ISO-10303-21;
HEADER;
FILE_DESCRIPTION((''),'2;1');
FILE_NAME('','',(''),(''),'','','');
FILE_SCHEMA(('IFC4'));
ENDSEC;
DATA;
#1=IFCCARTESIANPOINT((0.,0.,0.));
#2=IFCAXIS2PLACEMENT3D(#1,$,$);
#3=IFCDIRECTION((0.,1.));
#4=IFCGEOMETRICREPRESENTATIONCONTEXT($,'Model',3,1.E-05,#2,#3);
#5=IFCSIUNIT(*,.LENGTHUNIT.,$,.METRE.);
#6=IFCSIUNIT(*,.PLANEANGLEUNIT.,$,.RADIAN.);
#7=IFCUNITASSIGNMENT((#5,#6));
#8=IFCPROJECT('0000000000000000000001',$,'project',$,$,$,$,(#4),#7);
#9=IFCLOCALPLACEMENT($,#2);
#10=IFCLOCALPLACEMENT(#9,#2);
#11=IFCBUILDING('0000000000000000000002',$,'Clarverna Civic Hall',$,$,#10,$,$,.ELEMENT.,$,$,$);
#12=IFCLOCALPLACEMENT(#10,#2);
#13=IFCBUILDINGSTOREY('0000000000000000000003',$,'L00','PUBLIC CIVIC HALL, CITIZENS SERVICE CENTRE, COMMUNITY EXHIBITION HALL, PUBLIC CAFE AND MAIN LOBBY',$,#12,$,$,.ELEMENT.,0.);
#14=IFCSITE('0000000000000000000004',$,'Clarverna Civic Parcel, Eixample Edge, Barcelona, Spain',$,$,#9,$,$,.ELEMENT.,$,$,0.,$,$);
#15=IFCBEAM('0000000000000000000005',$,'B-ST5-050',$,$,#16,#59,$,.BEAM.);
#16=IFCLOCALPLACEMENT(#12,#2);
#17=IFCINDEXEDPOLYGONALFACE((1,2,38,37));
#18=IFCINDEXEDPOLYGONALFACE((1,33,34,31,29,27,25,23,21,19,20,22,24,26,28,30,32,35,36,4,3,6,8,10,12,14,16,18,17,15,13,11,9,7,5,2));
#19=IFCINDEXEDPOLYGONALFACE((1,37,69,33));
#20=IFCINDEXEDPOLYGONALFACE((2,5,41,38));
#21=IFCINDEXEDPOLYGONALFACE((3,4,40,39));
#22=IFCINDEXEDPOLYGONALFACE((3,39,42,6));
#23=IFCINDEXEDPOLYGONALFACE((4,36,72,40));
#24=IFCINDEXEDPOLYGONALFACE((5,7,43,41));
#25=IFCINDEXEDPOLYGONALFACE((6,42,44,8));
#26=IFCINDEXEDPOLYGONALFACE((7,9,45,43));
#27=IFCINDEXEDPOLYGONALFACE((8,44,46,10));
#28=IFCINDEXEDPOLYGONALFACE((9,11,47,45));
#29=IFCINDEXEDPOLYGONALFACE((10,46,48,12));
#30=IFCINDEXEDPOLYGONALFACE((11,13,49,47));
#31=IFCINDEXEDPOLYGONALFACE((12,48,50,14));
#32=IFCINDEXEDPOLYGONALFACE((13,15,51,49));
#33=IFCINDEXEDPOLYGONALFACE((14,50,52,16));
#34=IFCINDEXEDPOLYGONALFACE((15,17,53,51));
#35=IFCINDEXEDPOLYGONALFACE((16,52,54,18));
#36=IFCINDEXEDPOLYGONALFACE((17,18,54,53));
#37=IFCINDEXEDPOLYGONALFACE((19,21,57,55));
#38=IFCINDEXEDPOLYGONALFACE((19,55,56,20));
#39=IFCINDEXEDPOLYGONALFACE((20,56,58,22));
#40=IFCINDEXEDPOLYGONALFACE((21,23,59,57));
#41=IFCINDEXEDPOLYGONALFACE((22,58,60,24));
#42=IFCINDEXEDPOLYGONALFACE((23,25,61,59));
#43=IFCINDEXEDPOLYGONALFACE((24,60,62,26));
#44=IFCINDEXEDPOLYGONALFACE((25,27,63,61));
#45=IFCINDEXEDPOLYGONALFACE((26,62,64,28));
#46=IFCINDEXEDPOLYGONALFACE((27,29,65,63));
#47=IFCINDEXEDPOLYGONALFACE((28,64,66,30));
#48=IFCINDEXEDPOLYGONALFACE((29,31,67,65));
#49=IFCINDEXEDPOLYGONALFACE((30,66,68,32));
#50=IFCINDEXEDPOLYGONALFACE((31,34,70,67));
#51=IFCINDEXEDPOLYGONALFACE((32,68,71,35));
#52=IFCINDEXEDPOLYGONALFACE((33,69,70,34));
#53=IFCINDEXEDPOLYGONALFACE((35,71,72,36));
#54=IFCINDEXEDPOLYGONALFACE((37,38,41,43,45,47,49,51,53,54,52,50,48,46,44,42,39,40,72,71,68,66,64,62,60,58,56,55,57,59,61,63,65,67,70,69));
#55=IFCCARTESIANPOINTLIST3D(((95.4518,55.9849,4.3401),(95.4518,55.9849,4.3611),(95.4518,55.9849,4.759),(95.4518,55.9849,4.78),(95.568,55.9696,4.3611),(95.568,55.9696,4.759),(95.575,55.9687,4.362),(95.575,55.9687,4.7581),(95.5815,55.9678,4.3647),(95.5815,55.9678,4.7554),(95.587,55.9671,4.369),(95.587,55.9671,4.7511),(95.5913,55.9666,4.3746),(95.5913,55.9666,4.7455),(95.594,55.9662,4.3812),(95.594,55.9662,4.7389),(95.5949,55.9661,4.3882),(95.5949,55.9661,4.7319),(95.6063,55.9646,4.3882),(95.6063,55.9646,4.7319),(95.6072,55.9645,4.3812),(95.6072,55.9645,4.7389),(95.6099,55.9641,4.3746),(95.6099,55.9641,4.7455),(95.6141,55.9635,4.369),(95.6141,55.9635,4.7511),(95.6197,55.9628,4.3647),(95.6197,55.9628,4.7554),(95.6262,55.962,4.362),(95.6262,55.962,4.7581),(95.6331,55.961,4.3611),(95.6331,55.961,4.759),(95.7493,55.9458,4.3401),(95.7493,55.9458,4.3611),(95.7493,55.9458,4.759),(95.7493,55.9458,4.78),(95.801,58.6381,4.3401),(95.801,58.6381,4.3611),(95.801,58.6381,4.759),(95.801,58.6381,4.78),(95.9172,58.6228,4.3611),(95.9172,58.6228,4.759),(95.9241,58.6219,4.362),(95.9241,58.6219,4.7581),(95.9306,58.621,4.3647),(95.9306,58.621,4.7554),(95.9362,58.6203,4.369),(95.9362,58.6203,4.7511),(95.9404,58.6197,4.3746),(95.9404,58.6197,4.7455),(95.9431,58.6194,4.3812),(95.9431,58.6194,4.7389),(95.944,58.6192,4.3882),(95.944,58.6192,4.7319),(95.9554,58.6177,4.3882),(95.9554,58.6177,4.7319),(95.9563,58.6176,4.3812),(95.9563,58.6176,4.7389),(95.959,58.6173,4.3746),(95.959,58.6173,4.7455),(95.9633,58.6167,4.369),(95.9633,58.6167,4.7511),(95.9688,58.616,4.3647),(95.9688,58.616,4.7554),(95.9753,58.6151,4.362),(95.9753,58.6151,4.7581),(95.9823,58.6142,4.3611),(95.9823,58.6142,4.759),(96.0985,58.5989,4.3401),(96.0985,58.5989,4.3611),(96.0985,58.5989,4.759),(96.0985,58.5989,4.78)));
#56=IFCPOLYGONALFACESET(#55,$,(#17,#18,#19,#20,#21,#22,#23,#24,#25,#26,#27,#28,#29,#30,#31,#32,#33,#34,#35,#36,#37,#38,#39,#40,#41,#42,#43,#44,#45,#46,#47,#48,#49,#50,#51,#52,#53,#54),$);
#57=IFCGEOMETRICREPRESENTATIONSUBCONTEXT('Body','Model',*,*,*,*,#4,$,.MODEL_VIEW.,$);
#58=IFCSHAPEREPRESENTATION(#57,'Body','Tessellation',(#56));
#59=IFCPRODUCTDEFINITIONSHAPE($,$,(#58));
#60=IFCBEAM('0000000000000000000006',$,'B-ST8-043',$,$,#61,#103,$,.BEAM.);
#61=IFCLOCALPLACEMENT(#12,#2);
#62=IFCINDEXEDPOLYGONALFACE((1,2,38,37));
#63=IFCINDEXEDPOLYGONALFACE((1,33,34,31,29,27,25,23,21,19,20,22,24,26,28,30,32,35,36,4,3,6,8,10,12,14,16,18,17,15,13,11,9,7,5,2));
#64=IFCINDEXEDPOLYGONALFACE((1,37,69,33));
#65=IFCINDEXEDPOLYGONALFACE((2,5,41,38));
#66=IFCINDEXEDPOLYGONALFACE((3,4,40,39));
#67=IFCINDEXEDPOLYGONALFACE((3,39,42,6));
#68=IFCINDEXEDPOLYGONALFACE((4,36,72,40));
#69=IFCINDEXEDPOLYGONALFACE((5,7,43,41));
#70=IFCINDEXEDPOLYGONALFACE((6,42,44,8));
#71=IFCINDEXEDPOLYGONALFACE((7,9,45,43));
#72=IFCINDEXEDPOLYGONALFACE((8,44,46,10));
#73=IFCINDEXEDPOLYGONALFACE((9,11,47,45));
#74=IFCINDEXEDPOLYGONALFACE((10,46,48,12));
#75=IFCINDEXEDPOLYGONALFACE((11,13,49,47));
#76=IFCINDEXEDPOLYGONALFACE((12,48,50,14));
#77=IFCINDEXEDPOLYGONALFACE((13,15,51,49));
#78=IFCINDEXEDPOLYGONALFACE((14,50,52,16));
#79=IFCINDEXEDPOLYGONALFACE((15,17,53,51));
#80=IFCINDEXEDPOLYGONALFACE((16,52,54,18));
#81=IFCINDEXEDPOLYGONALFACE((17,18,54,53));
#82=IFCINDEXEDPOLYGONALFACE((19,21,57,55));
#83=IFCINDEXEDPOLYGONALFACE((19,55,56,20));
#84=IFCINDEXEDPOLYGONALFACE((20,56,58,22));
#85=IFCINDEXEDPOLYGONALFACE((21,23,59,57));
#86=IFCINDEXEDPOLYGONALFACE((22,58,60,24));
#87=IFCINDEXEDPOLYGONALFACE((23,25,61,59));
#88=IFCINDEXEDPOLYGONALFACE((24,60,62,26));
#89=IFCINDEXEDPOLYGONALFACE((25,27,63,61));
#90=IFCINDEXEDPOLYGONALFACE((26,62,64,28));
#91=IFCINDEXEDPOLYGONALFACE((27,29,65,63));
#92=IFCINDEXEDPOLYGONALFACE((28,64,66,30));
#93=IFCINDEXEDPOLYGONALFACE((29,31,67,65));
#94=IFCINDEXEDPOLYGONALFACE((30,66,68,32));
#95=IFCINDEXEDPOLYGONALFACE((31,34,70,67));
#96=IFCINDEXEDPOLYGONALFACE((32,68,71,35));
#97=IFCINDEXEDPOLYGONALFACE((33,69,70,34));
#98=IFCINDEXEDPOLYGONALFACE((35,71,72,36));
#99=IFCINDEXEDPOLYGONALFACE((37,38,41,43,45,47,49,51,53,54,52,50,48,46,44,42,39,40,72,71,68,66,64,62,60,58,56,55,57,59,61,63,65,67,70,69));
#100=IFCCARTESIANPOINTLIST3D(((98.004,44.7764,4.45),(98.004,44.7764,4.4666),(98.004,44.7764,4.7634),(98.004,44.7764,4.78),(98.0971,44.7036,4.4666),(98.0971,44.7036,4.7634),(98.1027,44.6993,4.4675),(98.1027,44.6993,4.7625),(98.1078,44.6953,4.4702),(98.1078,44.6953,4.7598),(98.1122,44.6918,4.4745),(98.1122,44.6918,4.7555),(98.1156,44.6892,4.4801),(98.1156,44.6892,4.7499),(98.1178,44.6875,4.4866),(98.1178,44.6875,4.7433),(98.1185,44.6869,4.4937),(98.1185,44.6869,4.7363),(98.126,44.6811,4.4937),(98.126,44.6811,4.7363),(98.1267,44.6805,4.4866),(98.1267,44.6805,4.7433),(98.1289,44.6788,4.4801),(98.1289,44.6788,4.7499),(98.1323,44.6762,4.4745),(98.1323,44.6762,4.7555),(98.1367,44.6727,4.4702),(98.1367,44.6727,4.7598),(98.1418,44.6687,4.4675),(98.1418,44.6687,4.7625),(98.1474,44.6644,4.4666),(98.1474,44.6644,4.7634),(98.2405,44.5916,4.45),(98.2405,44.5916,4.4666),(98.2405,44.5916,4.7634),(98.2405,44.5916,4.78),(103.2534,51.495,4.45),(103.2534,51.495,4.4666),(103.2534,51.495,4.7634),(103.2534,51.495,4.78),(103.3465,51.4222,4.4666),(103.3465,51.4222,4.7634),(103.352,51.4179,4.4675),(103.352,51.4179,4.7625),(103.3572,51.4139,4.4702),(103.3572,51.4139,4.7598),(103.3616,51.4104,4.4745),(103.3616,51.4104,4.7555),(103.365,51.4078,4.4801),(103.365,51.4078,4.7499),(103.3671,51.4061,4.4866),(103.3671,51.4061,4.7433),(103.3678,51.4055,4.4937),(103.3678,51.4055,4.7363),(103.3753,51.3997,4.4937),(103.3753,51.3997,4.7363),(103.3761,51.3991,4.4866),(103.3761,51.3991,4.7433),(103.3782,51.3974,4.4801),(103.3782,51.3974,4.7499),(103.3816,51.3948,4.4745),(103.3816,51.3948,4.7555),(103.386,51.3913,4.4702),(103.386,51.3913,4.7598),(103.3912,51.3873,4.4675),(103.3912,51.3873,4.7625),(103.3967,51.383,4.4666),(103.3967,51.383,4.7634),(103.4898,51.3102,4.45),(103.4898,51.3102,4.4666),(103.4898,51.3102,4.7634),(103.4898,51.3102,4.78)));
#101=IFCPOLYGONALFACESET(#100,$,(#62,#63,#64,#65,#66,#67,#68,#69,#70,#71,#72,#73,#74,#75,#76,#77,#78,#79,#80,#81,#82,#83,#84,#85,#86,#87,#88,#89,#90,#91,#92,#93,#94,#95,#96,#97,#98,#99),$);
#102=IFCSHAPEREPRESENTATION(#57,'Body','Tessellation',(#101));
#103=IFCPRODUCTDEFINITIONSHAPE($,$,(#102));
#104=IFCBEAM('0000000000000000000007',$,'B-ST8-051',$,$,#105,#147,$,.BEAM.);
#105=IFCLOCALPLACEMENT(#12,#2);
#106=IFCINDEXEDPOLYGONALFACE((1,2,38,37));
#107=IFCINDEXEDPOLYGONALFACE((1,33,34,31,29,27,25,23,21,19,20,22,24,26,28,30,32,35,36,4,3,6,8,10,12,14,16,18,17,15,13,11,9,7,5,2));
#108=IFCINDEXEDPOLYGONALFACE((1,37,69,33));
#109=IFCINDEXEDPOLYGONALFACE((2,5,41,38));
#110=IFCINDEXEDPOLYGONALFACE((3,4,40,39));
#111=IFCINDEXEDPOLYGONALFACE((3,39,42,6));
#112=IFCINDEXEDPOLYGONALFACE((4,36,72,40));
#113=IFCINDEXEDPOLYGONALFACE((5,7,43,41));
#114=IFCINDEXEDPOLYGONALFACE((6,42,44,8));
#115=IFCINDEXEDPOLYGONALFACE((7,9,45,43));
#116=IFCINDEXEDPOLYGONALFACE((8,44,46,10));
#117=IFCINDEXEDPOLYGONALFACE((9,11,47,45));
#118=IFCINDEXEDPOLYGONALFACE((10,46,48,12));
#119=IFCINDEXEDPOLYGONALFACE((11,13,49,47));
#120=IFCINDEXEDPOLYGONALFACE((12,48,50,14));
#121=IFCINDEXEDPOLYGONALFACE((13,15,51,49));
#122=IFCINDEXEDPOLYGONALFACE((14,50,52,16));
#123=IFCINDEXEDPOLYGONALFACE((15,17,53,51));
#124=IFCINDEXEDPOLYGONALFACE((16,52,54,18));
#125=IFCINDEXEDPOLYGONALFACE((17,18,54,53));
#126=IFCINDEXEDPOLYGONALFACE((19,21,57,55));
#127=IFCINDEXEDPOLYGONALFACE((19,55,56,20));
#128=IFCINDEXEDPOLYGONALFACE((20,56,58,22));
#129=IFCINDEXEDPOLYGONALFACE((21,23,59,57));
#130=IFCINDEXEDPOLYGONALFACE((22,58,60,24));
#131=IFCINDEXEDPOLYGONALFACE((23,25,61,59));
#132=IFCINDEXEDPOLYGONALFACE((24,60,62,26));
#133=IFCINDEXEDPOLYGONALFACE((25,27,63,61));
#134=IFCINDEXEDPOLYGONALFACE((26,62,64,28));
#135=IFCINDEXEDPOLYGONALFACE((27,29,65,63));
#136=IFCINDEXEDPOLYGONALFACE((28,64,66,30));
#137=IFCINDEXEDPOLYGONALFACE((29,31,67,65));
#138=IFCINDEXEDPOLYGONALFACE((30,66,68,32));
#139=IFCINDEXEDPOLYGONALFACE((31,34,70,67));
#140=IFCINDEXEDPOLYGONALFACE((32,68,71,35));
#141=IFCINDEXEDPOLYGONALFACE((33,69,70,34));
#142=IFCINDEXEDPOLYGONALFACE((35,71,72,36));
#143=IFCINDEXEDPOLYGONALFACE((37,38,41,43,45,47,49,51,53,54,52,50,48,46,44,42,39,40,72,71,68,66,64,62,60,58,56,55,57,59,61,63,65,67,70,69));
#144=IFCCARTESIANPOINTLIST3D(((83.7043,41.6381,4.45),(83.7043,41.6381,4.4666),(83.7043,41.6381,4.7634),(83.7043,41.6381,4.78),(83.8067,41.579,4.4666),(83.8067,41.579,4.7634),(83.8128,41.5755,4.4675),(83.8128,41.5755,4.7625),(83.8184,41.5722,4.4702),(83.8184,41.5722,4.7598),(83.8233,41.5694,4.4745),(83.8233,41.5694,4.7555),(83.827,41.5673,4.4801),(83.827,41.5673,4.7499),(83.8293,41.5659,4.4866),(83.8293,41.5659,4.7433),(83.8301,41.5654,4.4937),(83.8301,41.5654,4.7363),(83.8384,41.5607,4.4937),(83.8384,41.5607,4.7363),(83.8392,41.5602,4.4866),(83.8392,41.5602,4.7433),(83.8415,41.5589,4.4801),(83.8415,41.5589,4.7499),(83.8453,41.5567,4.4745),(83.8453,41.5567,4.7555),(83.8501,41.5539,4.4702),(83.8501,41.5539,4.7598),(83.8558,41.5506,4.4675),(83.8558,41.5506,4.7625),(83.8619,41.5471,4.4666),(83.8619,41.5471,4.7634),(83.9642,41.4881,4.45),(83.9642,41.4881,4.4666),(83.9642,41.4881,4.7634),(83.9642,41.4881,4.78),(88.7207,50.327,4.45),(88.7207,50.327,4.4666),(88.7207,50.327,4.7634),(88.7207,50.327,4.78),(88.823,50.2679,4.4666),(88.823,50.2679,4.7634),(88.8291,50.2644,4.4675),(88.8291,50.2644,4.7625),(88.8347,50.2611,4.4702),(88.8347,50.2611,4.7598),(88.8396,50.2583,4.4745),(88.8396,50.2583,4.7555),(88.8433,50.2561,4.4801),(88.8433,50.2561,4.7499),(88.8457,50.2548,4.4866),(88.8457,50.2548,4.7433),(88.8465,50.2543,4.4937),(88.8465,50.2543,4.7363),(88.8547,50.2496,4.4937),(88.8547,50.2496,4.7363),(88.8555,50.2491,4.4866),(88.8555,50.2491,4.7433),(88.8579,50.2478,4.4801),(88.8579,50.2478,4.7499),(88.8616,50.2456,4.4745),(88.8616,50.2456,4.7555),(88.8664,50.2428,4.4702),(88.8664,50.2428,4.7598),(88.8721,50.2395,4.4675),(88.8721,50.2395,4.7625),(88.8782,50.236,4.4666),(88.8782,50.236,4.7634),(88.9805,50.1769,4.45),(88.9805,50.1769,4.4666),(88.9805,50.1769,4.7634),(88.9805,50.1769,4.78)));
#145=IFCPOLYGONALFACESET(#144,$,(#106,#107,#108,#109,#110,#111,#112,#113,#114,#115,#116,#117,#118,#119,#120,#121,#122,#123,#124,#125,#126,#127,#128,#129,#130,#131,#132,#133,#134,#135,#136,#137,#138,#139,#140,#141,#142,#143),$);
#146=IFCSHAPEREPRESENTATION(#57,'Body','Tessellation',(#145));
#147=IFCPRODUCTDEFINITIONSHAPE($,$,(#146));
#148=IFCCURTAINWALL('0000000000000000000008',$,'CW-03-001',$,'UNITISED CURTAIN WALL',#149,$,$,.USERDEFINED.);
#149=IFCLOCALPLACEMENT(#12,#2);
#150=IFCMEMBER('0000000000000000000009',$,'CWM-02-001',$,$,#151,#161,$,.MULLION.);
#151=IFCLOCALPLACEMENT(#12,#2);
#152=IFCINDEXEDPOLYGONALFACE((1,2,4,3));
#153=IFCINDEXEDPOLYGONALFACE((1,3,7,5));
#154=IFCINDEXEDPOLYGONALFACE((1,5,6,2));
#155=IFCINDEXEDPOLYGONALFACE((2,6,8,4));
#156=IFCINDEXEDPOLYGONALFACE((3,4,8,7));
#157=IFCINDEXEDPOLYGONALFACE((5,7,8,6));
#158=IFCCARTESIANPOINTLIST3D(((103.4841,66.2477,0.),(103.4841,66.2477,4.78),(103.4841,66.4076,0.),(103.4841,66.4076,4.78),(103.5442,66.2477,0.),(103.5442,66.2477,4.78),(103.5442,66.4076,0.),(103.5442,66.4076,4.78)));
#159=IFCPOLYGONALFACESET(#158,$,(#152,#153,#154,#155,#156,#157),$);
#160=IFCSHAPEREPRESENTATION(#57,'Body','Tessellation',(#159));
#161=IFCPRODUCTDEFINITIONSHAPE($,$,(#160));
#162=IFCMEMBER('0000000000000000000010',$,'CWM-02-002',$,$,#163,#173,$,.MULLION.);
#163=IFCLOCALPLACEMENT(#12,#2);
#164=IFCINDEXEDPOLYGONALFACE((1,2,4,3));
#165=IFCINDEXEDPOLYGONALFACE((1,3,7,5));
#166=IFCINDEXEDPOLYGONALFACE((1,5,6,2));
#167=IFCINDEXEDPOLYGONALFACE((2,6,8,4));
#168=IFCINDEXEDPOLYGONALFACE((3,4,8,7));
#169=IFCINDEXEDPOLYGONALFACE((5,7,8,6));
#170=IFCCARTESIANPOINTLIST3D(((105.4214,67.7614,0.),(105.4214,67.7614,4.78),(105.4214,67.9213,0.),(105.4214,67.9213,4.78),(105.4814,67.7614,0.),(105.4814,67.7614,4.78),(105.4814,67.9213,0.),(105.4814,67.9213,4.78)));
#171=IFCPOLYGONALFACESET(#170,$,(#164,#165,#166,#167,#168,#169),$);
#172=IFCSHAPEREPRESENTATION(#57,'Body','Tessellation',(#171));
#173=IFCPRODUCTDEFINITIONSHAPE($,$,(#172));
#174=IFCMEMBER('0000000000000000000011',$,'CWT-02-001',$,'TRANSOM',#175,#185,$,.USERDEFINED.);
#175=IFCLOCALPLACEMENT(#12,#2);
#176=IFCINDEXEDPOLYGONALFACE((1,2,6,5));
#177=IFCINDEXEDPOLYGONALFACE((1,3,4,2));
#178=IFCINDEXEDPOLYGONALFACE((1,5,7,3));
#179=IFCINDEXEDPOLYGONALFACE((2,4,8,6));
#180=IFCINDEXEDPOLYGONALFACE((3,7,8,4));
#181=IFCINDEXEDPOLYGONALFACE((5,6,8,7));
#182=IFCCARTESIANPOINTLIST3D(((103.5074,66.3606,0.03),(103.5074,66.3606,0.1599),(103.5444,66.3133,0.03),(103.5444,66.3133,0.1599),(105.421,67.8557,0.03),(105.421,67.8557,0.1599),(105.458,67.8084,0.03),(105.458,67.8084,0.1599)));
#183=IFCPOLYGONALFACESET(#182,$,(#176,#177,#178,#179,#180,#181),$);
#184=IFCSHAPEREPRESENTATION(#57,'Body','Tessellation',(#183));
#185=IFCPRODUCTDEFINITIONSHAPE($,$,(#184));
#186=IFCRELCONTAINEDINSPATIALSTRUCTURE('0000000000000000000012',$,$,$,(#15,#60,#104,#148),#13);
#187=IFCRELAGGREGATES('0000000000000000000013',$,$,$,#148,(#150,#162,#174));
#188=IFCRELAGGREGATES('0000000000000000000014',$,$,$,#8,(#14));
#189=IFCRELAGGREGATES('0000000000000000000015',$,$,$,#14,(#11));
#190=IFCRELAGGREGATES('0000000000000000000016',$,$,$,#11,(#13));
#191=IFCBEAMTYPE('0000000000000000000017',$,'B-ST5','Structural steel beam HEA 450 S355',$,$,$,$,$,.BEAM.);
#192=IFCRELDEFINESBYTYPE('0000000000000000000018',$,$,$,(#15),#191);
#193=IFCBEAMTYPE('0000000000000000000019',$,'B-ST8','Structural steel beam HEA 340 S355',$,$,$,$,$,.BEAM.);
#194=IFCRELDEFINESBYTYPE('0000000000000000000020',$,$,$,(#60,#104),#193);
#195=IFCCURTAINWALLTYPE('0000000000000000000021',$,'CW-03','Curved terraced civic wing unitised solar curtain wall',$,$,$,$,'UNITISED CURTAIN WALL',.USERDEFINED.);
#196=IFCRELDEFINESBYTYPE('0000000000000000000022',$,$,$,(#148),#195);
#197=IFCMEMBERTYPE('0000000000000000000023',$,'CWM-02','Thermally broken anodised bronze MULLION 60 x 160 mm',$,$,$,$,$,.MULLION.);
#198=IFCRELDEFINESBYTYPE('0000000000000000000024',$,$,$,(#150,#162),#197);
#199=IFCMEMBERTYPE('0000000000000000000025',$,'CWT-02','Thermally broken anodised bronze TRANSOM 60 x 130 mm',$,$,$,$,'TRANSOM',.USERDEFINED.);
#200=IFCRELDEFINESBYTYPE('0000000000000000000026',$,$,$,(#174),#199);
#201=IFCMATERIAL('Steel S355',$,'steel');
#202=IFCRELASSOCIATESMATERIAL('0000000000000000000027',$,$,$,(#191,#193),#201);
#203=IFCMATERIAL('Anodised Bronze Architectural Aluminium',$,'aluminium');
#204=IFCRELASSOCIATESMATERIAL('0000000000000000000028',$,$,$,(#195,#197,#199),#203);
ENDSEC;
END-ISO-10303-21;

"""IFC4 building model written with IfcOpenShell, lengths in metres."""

from ifc_helpers import new_model, si_unit, direction, frame, origin, origin_2d, place, context, subcontext, project, spatial, rectangle, i_section, extrude, material, material_profile, profile_set, type_object, element, aggregate, save


model = new_model("IFC4")

# Units and contexts
model_context = context("Model", 3, precision=1e-05, world=origin(), true_north=direction((0.0, 1.0)))
body_context = subcontext(model_context, "Body", "Model", "MODEL_VIEW")
ifc_project = project(units=[si_unit("LENGTHUNIT", "METRE"), si_unit("PLANEANGLEUNIT", "RADIAN")], contexts=[model_context])

# Site, building, storey
site_placement = place(None, origin())
site = spatial("IfcSite", under=ifc_project, at=site_placement, Name="Clarverna Civic Parcel, Eixample Edge, Barcelona, Spain", CompositionType="ELEMENT", RefElevation=0.0)
building_placement = place(site_placement, origin())
building = spatial("IfcBuilding", under=site, at=building_placement, Name="Clarverna Civic Hall", CompositionType="ELEMENT")
storey_placement = place(building_placement, origin())
storey = spatial("IfcBuildingStorey", under=building, at=storey_placement, Name="L00", Description="PUBLIC CIVIC HALL, CITIZENS SERVICE CENTRE, COMMUNITY EXHIBITION HALL, PUBLIC CAFE AND MAIN LOBBY", CompositionType="ELEMENT", Elevation=0.0)

# Beams
ifc_material_1 = material(Name="Steel S355", Category="steel")
ifc_material_profile_1 = material_profile(ifc_material_1, i_section(OverallWidth=0.3, OverallDepth=0.4399, WebThickness=0.0115, FlangeThickness=0.021, FilletRadius=0.0271, at=origin_2d()), Name="HEA 450")
ifc_profile_set_1 = profile_set([ifc_material_profile_1], Name="Steel S355")
beam_type_1 = type_object("IfcBeamType", Name="B-ST5", Description="Structural steel beam HEA 450 S355", PredefinedType="BEAM", material=ifc_profile_set_1)
beam_1_placement = place(storey_placement, frame((95.6006, 55.9653, 4.5601), z_axis=(0.130466, 0.991453, 0.0), x_axis=(-0.991453, 0.130466, 0.0)))
element("IfcBeam", 1, at=beam_1_placement, inside=storey, type_object=beam_type_1, Name="B-ST5-050", PredefinedType="BEAM", context=body_context, shape_type="SweptSolid", body=[
    extrude(i_section(OverallWidth=0.3, OverallDepth=0.4399, WebThickness=0.0115, FlangeThickness=0.021, FilletRadius=0.0271, at=origin_2d()), origin(), (0.0, 0.0, 1.0), 2.676),
])
ifc_material_profile_2 = material_profile(ifc_material_1, i_section(OverallWidth=0.3, OverallDepth=0.3301, WebThickness=0.0095, FlangeThickness=0.0166, FilletRadius=0.0271, at=origin_2d()), Name="HEA 340")
ifc_profile_set_2 = profile_set([ifc_material_profile_2], Name="Steel S355")
beam_type_2 = type_object("IfcBeamType", Name="B-ST8", Description="Structural steel beam HEA 340 S355", PredefinedType="BEAM", material=ifc_profile_set_2)
beam_2_placement = place(storey_placement, frame((103.3716, 51.4026, 4.615), z_axis=(-0.615676, -0.788, 0.0), x_axis=(0.788, -0.615676, 0.0)))
element("IfcBeam", 2, at=beam_2_placement, inside=storey, type_object=beam_type_2, Name="B-ST8-043", PredefinedType="BEAM", context=body_context, shape_type="SweptSolid", body=[
    extrude(i_section(OverallWidth=0.3, OverallDepth=0.3301, WebThickness=0.0095, FlangeThickness=0.0166, FilletRadius=0.0271, at=origin_2d()), origin(), (0.0, 0.0, 1.0), 8.5261),
])
beam_3_placement = place(storey_placement, frame((88.8506, 50.252, 4.615), z_axis=(-0.499984, -0.866035, 0.0), x_axis=(0.866035, -0.499984, 0.0)))
element("IfcBeam", 3, at=beam_3_placement, inside=storey, type_object=beam_type_2, Name="B-ST8-051", PredefinedType="BEAM", context=body_context, shape_type="SweptSolid", body=[
    extrude(i_section(OverallWidth=0.3, OverallDepth=0.3301, WebThickness=0.0095, FlangeThickness=0.0166, FilletRadius=0.0271, at=origin_2d()), origin(), (0.0, 0.0, 1.0), 10.033),
])

# Curtain wall, members
ifc_material_2 = material(Name="Anodised Bronze Architectural Aluminium", Category="aluminium")
curtain_wall_type = type_object("IfcCurtainWallType", Name="CW-03", Description="Curved terraced civic wing unitised solar curtain wall", ElementType="UNITISED CURTAIN WALL", PredefinedType="USERDEFINED", material=ifc_material_2)
curtain_wall_placement = place(storey_placement, origin())
curtain_wall = element("IfcCurtainWall", 4, at=curtain_wall_placement, inside=storey, type_object=curtain_wall_type, Name="CW-03-001", ObjectType="UNITISED CURTAIN WALL", PredefinedType="USERDEFINED")
ifc_material_profile_3 = material_profile(ifc_material_2, rectangle(XDim=0.0601, YDim=0.1599, at=origin_2d()), Name="BRONZE 60x160")
ifc_profile_set_3 = profile_set([ifc_material_profile_3], Name="Anodised Bronze Architectural Aluminium")
member_type_1 = type_object("IfcMemberType", Name="CWM-02", Description="Thermally broken anodised bronze MULLION 60 x 160 mm", PredefinedType="MULLION", material=ifc_profile_set_3)
member_1_placement = place(storey_placement, frame((103.5142, 66.3276, 0.0), z_axis=(0.0, 0.0, 1.0), x_axis=(1.0, 0.0, 0.0)))
member_1 = element("IfcMember", 5, at=member_1_placement, type_object=member_type_1, Name="CWM-02-001", PredefinedType="MULLION", context=body_context, shape_type="SweptSolid", body=[
    extrude(rectangle(XDim=0.0601, YDim=0.1599, at=origin_2d()), origin(), (0.0, 0.0, 1.0), 4.78),
])
member_2_placement = place(storey_placement, frame((105.4514, 67.8413, 0.0), z_axis=(0.0, 0.0, 1.0), x_axis=(1.0, 0.0, 0.0)))
member_2 = element("IfcMember", 6, at=member_2_placement, type_object=member_type_1, Name="CWM-02-002", PredefinedType="MULLION", context=body_context, shape_type="SweptSolid", body=[
    extrude(rectangle(XDim=0.0601, YDim=0.1599, at=origin_2d()), origin(), (0.0, 0.0, 1.0), 4.78),
])
ifc_material_profile_4 = material_profile(ifc_material_2, rectangle(XDim=0.0601, YDim=0.1299, at=origin_2d()), Name="BRONZE 60x130")
ifc_profile_set_4 = profile_set([ifc_material_profile_4], Name="Anodised Bronze Architectural Aluminium")
member_type_2 = type_object("IfcMemberType", Name="CWT-02", Description="Thermally broken anodised bronze TRANSOM 60 x 130 mm", ElementType="TRANSOM", PredefinedType="USERDEFINED", material=ifc_profile_set_4)
member_3_placement = place(storey_placement, frame((103.5259, 66.3369, 0.095), z_axis=(0.787997, 0.615679, 0.0), x_axis=(-0.615679, 0.787997, 0.0)))
member_3 = element("IfcMember", 7, at=member_3_placement, type_object=member_type_2, Name="CWT-02-001", ObjectType="TRANSOM", PredefinedType="USERDEFINED", context=body_context, shape_type="SweptSolid", body=[
    extrude(rectangle(XDim=0.0601, YDim=0.1299, at=origin_2d()), origin(), (0.0, 0.0, 1.0), 2.4285),
])
aggregate(curtain_wall, [member_1, member_2, member_3])

save(model, "model.ifc")
